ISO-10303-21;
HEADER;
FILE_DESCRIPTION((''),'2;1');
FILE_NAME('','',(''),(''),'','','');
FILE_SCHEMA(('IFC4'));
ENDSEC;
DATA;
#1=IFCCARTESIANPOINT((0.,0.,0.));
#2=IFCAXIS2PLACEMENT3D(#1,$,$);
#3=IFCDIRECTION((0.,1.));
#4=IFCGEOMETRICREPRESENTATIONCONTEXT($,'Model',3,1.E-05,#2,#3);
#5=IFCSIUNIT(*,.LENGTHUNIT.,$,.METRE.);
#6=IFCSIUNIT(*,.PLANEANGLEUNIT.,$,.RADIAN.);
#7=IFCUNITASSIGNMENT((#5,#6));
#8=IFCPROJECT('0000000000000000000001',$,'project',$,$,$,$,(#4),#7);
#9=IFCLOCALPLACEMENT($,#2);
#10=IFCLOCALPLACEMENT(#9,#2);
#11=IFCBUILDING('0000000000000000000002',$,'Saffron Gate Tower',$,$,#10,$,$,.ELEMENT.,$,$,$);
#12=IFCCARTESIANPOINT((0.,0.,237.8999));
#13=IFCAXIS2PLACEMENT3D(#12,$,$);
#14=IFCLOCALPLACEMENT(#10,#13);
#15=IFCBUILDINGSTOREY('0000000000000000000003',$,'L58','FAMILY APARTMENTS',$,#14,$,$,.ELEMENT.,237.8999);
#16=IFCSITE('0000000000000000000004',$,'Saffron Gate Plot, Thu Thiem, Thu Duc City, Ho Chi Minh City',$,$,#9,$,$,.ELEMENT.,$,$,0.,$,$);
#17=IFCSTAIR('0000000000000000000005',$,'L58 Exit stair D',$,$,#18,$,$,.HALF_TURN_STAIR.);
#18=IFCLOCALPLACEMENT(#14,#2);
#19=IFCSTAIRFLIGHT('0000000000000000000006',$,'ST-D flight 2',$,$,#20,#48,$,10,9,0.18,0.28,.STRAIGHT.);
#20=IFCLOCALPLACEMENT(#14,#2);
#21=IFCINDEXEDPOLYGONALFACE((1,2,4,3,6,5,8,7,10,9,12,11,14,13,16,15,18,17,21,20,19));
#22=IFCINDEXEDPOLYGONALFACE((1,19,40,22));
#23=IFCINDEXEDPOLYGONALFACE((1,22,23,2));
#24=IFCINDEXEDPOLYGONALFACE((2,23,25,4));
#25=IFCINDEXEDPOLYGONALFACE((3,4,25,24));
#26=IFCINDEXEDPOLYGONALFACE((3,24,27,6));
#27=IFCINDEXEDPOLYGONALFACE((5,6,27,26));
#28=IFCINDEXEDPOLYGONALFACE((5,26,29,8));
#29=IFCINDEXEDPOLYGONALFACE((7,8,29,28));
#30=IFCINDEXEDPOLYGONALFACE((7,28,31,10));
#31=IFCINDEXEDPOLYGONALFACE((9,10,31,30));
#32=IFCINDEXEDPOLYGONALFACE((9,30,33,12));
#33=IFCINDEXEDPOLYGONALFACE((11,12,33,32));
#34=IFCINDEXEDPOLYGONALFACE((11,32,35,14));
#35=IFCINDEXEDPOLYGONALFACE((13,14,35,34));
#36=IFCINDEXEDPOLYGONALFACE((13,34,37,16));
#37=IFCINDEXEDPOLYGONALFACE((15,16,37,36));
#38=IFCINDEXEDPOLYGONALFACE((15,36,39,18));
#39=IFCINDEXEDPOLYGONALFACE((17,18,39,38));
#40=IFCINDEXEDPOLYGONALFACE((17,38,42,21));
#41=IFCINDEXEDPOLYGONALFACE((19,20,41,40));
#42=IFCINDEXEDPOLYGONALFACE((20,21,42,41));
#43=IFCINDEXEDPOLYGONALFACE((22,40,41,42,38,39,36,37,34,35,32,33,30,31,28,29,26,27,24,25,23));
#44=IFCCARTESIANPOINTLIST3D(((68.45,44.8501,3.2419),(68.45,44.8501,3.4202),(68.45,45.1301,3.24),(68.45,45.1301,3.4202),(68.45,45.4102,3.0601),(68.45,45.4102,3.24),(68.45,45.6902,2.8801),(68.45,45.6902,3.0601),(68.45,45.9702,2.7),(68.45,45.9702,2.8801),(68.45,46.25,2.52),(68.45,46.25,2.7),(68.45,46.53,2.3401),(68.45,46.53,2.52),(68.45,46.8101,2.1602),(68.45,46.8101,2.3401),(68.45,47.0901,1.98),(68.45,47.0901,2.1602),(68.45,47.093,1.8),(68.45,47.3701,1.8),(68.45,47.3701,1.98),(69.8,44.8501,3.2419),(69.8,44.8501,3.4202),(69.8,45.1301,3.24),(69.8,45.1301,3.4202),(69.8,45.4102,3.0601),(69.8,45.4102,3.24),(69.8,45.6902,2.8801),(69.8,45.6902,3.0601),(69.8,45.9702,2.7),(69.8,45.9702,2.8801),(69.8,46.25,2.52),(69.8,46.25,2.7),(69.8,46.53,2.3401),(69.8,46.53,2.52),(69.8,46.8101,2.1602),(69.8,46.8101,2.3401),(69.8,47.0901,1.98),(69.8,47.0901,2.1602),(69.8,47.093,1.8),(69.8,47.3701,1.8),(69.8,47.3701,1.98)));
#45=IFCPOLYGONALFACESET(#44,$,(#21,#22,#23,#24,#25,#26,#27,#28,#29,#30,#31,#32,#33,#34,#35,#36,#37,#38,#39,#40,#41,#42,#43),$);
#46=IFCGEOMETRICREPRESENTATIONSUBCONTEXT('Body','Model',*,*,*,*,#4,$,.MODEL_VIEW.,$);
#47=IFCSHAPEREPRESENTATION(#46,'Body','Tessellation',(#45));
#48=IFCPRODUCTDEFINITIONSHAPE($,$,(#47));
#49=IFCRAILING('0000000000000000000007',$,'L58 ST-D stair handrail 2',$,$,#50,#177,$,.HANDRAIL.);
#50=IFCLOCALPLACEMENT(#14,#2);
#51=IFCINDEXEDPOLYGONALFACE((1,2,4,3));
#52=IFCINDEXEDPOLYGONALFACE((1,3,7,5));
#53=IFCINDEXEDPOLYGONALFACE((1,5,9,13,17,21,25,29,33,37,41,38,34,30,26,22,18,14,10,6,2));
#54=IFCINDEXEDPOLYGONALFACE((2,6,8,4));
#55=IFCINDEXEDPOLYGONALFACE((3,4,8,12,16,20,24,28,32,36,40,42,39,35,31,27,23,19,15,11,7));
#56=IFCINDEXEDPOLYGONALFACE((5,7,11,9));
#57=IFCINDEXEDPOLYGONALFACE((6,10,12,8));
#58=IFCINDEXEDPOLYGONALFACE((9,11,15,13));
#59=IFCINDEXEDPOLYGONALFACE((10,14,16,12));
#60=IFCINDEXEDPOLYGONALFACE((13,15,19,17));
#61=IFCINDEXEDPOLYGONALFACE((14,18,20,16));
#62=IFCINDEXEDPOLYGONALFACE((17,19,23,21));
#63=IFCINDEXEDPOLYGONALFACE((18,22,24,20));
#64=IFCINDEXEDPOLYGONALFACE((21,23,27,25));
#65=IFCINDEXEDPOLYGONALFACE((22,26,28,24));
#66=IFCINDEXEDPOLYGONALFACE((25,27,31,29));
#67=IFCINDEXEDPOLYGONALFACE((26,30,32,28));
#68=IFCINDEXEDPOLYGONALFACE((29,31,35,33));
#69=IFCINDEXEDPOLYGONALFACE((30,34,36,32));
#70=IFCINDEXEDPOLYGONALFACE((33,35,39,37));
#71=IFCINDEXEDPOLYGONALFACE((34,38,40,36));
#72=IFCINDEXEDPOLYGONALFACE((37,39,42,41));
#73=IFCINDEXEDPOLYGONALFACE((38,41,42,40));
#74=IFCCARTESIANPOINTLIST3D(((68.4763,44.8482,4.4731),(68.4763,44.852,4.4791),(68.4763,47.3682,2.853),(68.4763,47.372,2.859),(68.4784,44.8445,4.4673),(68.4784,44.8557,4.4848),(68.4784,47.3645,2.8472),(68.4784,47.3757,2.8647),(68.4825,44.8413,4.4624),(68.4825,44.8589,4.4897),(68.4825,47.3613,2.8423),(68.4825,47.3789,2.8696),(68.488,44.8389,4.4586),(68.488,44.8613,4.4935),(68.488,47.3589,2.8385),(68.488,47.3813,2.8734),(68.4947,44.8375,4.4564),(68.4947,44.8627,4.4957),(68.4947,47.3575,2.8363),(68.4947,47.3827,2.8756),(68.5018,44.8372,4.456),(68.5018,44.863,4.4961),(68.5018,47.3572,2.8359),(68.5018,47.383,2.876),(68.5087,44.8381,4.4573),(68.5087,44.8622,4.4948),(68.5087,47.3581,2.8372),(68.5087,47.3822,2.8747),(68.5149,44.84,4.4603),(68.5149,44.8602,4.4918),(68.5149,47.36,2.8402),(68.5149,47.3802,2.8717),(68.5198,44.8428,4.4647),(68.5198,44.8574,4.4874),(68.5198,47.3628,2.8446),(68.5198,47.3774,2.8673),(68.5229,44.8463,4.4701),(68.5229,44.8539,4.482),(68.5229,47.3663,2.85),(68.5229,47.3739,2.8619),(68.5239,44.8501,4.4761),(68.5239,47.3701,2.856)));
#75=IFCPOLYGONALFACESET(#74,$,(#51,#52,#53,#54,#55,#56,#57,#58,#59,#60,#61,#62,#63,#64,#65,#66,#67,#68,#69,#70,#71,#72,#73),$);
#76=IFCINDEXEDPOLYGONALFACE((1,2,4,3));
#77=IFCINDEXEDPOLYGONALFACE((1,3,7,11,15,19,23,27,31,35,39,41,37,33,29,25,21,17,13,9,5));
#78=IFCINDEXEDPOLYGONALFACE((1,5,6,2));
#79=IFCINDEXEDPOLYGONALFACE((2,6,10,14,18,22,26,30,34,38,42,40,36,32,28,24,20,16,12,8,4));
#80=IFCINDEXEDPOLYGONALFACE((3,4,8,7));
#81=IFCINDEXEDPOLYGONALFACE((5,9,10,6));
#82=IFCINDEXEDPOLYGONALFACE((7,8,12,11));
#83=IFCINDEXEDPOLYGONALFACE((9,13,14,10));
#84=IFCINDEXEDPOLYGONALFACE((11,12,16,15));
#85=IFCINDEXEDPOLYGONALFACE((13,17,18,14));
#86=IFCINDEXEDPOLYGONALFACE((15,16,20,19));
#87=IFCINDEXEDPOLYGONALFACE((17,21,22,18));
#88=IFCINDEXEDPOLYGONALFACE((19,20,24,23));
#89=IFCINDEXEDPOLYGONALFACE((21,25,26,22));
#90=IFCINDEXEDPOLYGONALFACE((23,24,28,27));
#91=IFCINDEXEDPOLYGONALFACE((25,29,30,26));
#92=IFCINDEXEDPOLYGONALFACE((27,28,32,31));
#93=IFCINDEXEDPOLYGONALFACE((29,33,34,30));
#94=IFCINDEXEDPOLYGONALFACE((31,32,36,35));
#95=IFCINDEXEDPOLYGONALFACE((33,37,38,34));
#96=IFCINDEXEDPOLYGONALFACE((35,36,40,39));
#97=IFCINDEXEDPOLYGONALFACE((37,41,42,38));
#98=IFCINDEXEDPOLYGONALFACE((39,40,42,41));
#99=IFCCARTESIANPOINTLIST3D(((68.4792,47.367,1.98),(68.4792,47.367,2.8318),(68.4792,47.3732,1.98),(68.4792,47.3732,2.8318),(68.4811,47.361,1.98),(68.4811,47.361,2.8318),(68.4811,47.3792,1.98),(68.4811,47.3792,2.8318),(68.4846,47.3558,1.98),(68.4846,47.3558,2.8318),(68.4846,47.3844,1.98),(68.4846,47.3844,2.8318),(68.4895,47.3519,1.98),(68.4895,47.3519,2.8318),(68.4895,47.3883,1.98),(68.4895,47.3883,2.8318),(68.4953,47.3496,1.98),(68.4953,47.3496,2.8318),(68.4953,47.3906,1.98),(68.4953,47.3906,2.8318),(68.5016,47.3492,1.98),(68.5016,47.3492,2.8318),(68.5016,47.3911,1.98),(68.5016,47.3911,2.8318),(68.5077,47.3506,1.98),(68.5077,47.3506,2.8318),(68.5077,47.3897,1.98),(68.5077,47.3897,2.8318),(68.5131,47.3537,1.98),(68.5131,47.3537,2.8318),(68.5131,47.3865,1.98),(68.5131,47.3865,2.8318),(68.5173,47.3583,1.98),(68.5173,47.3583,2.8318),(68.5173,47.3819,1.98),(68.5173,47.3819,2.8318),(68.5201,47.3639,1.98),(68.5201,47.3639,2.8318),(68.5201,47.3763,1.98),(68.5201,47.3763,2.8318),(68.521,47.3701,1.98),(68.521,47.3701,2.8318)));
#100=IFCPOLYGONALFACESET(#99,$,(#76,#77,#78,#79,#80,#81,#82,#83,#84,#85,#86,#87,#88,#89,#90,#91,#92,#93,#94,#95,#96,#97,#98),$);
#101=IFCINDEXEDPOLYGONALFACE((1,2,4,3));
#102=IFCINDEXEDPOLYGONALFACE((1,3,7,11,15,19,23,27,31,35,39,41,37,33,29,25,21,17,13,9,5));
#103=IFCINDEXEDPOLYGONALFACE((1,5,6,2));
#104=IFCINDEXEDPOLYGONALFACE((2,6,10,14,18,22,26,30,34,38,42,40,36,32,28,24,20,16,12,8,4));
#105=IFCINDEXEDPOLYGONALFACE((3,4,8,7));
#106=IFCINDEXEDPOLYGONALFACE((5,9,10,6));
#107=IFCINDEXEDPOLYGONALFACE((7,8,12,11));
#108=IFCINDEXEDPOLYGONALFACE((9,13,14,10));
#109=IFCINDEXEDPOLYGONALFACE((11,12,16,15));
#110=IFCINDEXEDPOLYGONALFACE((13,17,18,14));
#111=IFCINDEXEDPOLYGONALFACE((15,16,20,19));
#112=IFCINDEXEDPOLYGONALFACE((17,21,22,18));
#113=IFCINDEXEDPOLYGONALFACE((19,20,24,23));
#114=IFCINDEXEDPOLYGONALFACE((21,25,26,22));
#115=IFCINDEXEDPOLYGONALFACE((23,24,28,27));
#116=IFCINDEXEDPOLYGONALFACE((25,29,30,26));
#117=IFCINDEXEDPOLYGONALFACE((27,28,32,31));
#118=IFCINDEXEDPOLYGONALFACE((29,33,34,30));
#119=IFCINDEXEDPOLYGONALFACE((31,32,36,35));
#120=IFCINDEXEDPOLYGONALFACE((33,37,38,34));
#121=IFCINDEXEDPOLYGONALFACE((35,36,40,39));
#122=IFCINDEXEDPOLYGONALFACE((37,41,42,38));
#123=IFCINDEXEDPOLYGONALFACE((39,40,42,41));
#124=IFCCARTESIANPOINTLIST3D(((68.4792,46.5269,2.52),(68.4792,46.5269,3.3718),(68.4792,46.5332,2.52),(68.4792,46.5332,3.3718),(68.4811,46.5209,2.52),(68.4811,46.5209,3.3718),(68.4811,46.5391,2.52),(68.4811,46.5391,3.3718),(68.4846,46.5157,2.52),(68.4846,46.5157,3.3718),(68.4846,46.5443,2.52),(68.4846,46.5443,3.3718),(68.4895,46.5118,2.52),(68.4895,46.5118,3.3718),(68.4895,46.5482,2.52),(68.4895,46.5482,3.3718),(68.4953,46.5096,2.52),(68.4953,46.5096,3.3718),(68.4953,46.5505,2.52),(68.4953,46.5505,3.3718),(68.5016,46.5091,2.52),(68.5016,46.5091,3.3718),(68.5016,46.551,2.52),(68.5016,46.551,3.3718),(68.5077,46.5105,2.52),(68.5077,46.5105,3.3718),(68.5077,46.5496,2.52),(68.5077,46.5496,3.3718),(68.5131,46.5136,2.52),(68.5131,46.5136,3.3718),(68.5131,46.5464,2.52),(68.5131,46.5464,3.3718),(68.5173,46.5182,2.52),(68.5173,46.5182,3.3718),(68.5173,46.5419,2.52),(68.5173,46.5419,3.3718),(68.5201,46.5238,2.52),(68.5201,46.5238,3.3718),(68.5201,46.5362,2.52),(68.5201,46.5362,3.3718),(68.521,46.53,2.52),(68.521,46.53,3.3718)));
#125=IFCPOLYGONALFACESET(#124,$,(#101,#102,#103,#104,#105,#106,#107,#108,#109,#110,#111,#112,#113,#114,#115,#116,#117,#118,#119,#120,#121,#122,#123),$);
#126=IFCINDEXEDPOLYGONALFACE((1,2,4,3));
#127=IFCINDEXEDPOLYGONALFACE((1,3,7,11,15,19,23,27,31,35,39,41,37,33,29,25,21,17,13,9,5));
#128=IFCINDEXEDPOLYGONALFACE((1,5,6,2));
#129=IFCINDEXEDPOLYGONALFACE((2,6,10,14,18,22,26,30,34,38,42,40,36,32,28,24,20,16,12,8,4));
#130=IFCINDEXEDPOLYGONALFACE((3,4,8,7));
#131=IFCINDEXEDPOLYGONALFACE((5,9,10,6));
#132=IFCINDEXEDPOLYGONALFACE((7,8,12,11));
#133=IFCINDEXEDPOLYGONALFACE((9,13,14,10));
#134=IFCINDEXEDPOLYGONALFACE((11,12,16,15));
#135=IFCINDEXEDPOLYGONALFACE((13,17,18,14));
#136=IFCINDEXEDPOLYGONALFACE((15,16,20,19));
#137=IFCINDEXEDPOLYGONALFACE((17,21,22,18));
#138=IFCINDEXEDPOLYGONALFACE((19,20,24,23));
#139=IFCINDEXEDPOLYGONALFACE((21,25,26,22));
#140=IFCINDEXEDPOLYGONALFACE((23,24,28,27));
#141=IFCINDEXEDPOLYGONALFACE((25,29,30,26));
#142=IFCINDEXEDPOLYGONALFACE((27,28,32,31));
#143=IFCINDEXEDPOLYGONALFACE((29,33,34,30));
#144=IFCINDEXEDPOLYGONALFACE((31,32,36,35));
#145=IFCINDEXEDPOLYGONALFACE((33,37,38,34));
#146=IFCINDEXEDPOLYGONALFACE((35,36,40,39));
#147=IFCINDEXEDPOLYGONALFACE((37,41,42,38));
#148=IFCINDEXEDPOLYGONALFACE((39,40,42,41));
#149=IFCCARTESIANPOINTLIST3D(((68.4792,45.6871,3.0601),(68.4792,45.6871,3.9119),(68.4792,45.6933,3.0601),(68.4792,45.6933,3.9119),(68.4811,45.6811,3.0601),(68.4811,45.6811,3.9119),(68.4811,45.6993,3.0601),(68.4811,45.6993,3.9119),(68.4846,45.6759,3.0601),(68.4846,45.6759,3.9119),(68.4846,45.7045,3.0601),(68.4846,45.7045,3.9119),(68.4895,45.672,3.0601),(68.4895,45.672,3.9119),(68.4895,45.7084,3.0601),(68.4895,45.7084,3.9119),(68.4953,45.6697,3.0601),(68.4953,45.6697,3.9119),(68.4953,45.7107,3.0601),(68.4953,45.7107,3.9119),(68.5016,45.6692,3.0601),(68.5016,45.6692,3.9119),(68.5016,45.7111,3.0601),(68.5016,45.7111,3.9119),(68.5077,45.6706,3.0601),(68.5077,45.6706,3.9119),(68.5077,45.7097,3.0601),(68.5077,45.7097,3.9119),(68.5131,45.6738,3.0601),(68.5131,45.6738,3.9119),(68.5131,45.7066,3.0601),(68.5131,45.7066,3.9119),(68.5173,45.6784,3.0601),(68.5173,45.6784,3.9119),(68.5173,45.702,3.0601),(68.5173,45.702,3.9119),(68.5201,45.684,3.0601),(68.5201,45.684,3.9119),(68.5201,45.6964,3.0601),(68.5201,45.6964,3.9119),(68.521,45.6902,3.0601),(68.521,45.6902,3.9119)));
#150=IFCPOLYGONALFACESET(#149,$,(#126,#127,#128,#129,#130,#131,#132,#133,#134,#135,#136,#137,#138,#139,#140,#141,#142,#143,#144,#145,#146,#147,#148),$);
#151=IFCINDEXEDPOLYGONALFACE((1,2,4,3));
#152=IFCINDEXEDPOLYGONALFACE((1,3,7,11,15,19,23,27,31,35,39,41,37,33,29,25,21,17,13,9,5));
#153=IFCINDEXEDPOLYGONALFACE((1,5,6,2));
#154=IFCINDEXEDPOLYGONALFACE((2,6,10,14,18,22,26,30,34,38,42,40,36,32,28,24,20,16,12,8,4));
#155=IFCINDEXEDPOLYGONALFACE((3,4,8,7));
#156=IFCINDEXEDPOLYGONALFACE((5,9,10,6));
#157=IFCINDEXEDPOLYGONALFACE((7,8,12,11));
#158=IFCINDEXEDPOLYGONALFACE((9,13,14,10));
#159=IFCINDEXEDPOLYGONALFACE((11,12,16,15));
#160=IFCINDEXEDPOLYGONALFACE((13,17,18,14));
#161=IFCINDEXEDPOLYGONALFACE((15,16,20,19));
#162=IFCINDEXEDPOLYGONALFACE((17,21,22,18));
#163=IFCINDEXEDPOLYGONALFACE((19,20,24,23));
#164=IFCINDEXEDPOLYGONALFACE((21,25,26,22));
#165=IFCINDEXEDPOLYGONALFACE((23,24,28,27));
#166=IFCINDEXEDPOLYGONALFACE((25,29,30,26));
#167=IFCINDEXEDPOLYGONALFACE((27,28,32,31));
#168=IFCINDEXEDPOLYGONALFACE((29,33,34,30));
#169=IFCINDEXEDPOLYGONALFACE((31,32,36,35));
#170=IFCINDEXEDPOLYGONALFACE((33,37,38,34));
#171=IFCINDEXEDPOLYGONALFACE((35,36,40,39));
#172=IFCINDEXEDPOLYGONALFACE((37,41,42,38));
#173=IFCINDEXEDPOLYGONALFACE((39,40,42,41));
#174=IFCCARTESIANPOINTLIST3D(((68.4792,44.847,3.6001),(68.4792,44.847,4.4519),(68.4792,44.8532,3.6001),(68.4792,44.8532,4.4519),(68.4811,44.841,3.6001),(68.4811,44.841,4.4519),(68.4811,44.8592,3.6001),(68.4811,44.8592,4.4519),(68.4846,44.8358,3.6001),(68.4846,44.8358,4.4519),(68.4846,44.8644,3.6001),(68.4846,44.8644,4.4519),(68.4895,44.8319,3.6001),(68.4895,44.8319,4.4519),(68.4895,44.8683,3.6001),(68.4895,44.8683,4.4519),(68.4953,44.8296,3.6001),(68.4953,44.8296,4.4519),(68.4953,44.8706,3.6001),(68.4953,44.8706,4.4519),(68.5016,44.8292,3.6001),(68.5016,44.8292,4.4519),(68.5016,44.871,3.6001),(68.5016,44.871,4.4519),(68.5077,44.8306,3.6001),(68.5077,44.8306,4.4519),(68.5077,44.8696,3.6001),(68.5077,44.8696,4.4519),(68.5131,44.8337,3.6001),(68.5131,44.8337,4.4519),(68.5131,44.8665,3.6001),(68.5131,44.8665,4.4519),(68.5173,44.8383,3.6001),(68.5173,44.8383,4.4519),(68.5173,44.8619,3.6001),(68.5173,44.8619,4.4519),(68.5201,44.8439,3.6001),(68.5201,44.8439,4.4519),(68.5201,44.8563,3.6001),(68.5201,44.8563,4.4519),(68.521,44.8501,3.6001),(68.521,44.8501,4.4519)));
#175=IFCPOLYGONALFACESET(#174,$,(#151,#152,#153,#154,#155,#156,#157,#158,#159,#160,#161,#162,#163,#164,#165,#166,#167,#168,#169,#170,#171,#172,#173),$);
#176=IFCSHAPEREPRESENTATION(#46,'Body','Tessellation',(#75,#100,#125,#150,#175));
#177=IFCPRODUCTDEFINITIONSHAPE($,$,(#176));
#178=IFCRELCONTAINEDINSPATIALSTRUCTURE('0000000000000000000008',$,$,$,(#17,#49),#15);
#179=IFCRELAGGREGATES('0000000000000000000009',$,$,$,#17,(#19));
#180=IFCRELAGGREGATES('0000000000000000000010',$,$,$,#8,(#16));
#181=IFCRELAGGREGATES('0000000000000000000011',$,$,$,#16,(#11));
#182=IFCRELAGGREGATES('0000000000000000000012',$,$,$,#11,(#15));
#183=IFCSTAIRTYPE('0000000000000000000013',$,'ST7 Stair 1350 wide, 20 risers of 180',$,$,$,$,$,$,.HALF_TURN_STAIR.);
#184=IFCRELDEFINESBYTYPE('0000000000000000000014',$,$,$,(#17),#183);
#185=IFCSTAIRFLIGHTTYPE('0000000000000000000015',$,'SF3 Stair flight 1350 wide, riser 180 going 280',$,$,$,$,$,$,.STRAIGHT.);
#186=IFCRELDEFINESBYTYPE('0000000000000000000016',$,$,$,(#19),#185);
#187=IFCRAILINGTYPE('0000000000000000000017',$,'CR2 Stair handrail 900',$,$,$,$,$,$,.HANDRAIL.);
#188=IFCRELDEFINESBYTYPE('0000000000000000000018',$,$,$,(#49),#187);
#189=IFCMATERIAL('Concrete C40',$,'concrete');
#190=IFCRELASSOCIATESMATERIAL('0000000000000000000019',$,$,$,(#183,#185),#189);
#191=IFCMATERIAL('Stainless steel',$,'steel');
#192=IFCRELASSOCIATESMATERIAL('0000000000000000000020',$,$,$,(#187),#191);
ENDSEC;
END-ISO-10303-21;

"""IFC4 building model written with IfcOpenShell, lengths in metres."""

from ifc_helpers import new_model, si_unit, direction, frame, origin, origin_2d, place, context, subcontext, project, spatial, polyline, circle, outline, extrude, material, type_object, element, aggregate, save


model = new_model("IFC4")

# Units and contexts
model_context = context("Model", 3, precision=1e-05, world=origin(), true_north=direction((0.0, 1.0)))
body_context = subcontext(model_context, "Body", "Model", "MODEL_VIEW")
ifc_project = project(units=[si_unit("LENGTHUNIT", "METRE"), si_unit("PLANEANGLEUNIT", "RADIAN")], contexts=[model_context])

# Site, building, storey
site_placement = place(None, origin())
site = spatial("IfcSite", under=ifc_project, at=site_placement, Name="Saffron Gate Plot, Thu Thiem, Thu Duc City, Ho Chi Minh City", CompositionType="ELEMENT", RefElevation=0.0)
building_placement = place(site_placement, origin())
building = spatial("IfcBuilding", under=site, at=building_placement, Name="Saffron Gate Tower", CompositionType="ELEMENT")
storey_placement = place(building_placement, frame((0.0, 0.0, 237.8999)))
storey = spatial("IfcBuildingStorey", under=building, at=storey_placement, Name="L58", Description="FAMILY APARTMENTS", CompositionType="ELEMENT", Elevation=237.8999)

# Stair, stair flight
ifc_material_1 = material(Name="Concrete C40", Category="concrete")
stair_type = type_object("IfcStairType", Name="ST7 Stair 1350 wide, 20 risers of 180", PredefinedType="HALF_TURN_STAIR", material=ifc_material_1)
stair_placement = place(storey_placement, origin())
stair = element("IfcStair", 1, at=stair_placement, inside=storey, type_object=stair_type, Name="L58 Exit stair D", PredefinedType="HALF_TURN_STAIR")
stair_flight_type = type_object("IfcStairFlightType", Name="SF3 Stair flight 1350 wide, riser 180 going 280", PredefinedType="STRAIGHT", material=ifc_material_1)
stair_flight_placement = place(storey_placement, frame((69.125, 47.3701, 1.8), z_axis=(0.0, 0.0, 1.0), x_axis=(0.0, -1.0, 0.0)))
stair_flight = element("IfcStairFlight", 2, at=stair_flight_placement, type_object=stair_flight_type, Name="ST-D flight 2", NumberOfRisers=10, NumberOfTreads=9, PredefinedType="STRAIGHT", RiserHeight=0.18, TreadLength=0.28, context=body_context, shape_type="SweptSolid", body=[
    extrude(outline(polyline([(0.0, 0.0), (0.0, 0.1799), (0.28, 0.1799), (0.28, 0.3601), (0.5601, 0.3601), (0.5601, 0.54), (0.8401, 0.54), (0.8401, 0.72), (1.1201, 0.72), (1.1201, 0.8999), (1.3999, 0.8999), (1.3999, 1.0801), (1.6799, 1.0801), (1.6799, 1.26), (1.96, 1.26), (1.96, 1.4399), (2.24, 1.4399), (2.24, 1.6201), (2.52, 1.6201), (2.52, 1.8), (2.52, 1.4419), (0.2771, 0.0), (0.0, 0.0)])), frame((0.0, 0.675, 0.0), z_axis=(0.0, -1.0, 0.0), x_axis=(1.0, 0.0, 0.0)), (0.0, 0.0, 1.0), 1.3501),
])
aggregate(stair, [stair_flight])

# Railing
ifc_material_2 = material(Name="Stainless steel", Category="steel")
railing_type_1 = type_object("IfcRailingType", Name="CR2 Stair handrail 900", PredefinedType="HANDRAIL", material=ifc_material_2)
railing_1_placement = place(storey_placement, frame((68.5, 47.3701, 1.98)))
element("IfcRailing", 3, at=railing_1_placement, inside=storey, type_object=railing_type_1, Name="L58 ST-D stair handrail 2", PredefinedType="HANDRAIL", context=body_context, shape_type="SweptSolid", body=[
    extrude(circle(Radius=0.0239, at=origin_2d()), frame((0.0, 0.0, 0.876), z_axis=(0.0, -0.841163, 0.540782), x_axis=(1.0, 0.0, 0.0)), (0.0, 0.0, 1.0), 2.9958),
    extrude(circle(Radius=0.021, at=origin_2d()), origin(), (0.0, 0.0, 1.0), 0.8518),
    extrude(circle(Radius=0.021, at=origin_2d()), frame((0.0, -0.8401, 0.54)), (0.0, 0.0, 1.0), 0.8518),
    extrude(circle(Radius=0.021, at=origin_2d()), frame((0.0, -1.6799, 1.0801)), (0.0, 0.0, 1.0), 0.8518),
    extrude(circle(Radius=0.021, at=origin_2d()), frame((0.0, -2.52, 1.6201)), (0.0, 0.0, 1.0), 0.8518),
])

save(model, "model.ifc")
